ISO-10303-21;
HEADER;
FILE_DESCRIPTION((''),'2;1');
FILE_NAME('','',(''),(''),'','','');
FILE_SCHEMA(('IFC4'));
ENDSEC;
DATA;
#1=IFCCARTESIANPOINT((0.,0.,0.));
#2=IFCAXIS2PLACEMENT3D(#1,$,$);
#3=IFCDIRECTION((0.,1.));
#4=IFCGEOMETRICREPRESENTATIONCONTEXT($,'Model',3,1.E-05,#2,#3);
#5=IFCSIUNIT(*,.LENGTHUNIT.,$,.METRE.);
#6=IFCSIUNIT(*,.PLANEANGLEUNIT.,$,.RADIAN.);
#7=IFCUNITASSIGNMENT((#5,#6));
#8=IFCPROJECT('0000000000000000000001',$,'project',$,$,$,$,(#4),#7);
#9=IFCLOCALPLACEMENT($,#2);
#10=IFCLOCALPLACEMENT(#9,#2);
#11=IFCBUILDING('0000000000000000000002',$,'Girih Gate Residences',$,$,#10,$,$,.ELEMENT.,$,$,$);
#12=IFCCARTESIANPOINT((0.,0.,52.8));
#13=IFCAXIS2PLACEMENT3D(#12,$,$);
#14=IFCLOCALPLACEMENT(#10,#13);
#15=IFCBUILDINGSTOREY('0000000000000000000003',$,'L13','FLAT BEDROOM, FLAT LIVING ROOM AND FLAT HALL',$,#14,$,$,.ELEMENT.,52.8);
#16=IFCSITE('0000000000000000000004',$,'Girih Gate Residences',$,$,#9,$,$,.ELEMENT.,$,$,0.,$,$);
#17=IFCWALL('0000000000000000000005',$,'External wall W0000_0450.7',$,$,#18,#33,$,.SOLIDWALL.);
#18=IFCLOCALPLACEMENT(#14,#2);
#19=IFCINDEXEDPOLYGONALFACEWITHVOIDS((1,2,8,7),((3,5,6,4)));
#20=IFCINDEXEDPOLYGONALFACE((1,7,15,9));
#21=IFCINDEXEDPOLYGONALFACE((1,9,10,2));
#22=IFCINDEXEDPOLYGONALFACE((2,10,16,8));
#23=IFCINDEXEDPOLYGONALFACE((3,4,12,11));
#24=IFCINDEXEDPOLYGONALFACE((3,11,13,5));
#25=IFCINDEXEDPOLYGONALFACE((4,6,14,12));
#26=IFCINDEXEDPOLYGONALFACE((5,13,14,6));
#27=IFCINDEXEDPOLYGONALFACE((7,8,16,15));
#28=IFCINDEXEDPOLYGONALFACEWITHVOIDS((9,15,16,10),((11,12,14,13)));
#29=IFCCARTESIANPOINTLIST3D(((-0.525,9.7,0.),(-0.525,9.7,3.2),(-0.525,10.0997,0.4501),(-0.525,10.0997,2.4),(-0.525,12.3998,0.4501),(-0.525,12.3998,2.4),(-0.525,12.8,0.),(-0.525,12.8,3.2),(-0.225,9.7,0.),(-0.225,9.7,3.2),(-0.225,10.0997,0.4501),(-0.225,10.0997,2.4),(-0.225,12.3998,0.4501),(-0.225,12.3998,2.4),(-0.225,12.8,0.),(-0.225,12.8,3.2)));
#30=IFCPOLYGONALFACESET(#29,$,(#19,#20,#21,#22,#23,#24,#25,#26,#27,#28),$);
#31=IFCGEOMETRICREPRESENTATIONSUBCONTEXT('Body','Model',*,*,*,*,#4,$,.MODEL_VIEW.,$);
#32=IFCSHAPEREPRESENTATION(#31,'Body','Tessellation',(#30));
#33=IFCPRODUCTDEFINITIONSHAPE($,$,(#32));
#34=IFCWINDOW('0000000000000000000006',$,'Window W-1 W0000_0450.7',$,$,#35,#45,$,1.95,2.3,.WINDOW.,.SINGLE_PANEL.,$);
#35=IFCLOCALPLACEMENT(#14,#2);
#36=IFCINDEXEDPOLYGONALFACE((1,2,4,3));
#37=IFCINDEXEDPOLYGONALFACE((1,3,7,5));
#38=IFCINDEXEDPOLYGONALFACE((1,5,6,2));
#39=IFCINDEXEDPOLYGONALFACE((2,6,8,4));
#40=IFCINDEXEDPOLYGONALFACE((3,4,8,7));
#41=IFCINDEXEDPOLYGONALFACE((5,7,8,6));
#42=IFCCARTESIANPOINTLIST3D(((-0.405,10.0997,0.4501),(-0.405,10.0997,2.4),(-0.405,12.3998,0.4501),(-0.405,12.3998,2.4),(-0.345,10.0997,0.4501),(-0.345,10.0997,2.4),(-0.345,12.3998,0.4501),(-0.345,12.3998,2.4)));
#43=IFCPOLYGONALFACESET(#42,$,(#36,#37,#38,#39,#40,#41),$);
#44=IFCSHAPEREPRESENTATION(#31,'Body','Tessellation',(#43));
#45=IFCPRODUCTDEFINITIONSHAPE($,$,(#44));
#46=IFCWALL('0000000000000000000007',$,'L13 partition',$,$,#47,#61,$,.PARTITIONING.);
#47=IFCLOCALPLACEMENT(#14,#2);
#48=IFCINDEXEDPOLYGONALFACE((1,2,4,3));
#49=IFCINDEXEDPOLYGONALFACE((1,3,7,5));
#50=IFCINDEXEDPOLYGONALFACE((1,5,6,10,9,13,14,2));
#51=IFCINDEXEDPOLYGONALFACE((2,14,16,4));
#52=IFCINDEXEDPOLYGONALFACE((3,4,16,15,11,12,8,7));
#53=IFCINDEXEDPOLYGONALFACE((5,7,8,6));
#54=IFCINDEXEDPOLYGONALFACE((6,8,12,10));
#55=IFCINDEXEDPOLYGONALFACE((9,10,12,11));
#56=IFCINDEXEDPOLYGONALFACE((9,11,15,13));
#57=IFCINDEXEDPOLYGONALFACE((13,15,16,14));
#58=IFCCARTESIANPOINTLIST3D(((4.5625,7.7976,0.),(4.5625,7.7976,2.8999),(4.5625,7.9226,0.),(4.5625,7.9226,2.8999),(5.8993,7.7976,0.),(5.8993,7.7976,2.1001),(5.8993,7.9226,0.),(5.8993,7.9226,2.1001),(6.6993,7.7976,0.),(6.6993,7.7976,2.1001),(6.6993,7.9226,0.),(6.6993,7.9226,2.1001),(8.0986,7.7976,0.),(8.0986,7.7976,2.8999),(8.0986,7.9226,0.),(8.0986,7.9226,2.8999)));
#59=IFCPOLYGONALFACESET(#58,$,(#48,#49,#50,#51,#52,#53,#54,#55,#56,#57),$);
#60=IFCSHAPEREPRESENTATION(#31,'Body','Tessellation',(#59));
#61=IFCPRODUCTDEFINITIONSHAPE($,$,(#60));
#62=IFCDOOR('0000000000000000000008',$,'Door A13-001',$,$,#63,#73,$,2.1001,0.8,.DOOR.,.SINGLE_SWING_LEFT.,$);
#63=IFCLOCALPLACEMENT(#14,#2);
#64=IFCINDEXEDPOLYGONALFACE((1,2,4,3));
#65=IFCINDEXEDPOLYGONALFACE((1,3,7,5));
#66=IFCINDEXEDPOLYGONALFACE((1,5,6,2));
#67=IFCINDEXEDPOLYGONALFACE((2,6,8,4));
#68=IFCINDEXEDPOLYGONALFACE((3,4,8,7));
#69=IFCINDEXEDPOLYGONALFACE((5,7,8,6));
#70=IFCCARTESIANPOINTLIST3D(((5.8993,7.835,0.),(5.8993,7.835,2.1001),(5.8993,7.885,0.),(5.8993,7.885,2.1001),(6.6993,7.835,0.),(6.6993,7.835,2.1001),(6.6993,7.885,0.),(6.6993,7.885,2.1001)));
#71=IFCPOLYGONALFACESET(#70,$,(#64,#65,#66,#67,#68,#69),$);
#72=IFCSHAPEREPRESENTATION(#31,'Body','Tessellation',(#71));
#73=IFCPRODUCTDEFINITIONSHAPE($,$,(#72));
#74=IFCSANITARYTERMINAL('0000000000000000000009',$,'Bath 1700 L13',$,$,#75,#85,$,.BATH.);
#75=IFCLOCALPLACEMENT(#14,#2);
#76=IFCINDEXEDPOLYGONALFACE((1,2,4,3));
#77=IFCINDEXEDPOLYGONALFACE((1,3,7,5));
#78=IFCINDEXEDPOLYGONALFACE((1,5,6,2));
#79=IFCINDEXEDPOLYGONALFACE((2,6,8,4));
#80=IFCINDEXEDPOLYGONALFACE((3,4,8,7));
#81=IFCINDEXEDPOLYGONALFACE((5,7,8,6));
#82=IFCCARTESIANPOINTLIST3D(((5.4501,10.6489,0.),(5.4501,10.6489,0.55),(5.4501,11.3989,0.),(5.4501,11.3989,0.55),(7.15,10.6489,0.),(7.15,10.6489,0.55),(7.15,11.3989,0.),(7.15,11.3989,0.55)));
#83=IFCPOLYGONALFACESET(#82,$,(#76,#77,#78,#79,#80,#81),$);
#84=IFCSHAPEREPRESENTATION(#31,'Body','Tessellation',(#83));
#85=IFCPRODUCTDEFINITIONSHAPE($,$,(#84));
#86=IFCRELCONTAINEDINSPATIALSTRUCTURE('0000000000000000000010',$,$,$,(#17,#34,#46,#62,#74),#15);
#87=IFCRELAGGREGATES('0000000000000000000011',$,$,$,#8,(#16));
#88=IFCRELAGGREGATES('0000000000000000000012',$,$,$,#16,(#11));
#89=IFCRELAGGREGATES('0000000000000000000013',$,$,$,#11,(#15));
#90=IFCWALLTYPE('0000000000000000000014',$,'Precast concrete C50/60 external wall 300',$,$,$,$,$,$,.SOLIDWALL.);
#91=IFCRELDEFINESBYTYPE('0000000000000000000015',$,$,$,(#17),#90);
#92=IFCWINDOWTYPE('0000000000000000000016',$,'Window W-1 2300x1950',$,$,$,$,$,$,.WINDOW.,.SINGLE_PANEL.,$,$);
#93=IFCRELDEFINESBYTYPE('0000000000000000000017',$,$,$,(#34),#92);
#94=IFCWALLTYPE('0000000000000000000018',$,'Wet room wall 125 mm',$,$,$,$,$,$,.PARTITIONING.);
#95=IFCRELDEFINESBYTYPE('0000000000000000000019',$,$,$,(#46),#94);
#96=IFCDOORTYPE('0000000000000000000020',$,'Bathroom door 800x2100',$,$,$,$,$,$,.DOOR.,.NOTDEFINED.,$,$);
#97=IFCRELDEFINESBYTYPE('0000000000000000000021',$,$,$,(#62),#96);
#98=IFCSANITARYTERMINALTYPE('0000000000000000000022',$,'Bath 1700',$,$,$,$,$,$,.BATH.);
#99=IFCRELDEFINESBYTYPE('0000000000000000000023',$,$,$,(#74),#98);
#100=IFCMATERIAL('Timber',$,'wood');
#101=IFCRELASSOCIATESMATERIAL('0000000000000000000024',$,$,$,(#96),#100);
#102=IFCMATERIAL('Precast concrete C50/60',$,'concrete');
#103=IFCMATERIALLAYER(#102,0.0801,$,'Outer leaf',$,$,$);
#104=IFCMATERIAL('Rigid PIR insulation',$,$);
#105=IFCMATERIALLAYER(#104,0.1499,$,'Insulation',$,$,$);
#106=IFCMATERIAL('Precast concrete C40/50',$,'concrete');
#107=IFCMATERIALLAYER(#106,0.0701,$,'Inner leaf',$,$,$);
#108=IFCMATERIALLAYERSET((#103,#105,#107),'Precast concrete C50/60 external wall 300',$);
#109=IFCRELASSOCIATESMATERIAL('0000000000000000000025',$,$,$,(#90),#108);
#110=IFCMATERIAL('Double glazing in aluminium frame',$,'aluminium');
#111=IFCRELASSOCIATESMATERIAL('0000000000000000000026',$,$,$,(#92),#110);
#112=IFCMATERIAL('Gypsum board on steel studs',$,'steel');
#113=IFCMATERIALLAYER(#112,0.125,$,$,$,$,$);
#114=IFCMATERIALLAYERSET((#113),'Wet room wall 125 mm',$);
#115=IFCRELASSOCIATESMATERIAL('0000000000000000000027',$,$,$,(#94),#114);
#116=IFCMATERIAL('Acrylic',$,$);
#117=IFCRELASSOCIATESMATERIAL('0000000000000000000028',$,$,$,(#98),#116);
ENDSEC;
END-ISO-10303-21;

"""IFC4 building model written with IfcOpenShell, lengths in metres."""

from ifc_helpers import new_model, si_unit, direction, frame, frame_2d, origin, origin_2d, place, context, subcontext, project, spatial, rectangle, extrude, material, layer, layer_set, type_object, element, fill, save


model = new_model("IFC4")

# Units and contexts
model_context = context("Model", 3, precision=1e-05, world=origin(), true_north=direction((0.0, 1.0)))
body_context = subcontext(model_context, "Body", "Model", "MODEL_VIEW")
ifc_project = project(units=[si_unit("LENGTHUNIT", "METRE"), si_unit("PLANEANGLEUNIT", "RADIAN")], contexts=[model_context])

# Site, building, storey
site_placement = place(None, origin())
site = spatial("IfcSite", under=ifc_project, at=site_placement, Name="Girih Gate Residences", CompositionType="ELEMENT", RefElevation=0.0)
building_placement = place(site_placement, origin())
building = spatial("IfcBuilding", under=site, at=building_placement, Name="Girih Gate Residences", CompositionType="ELEMENT")
storey_placement = place(building_placement, frame((0.0, 0.0, 52.8)))
storey = spatial("IfcBuildingStorey", under=building, at=storey_placement, Name="L13", Description="FLAT BEDROOM, FLAT LIVING ROOM AND FLAT HALL", CompositionType="ELEMENT", Elevation=52.8)

# Shared definitions
ifc_material_1 = material(Name="Gypsum board on steel studs", Category="steel")

# Shared definitions
ifc_material_2 = material(Name="Timber", Category="wood")
door_type_1 = type_object("IfcDoorType", Name="Bathroom door 800x2100", OperationType="NOTDEFINED", PredefinedType="DOOR", material=ifc_material_2)

# Wall, opening, window
ifc_material_3 = material(Name="Precast concrete C50/60", Category="concrete")
ifc_layer_1 = layer(ifc_material_3, 0.0801, Name="Outer leaf")
ifc_material_4 = material(Name="Rigid PIR insulation")
ifc_layer_2 = layer(ifc_material_4, 0.1499, Name="Insulation")
ifc_material_5 = material(Name="Precast concrete C40/50", Category="concrete")
ifc_layer_3 = layer(ifc_material_5, 0.0701, Name="Inner leaf")
ifc_layer_set_1 = layer_set([ifc_layer_1, ifc_layer_2, ifc_layer_3], Name="Precast concrete C50/60 external wall 300")
wall_type_1 = type_object("IfcWallType", Name="Precast concrete C50/60 external wall 300", PredefinedType="SOLIDWALL", material=ifc_layer_set_1)
ifc_material_6 = material(Name="Double glazing in aluminium frame", Category="aluminium")
window_type = type_object("IfcWindowType", Name="Window W-1 2300x1950", PartitioningType="SINGLE_PANEL", PredefinedType="WINDOW", material=ifc_material_6)
wall_1_placement = place(storey_placement, frame((-0.375, 9.7, 0.0), z_axis=(0.0, 0.0, 1.0), x_axis=(0.0, 1.0, 0.0)))
wall_1 = element("IfcWall", 1, at=wall_1_placement, inside=storey, type_object=wall_type_1, Name="External wall W0000_0450.7", PredefinedType="SOLIDWALL", context=body_context, shape_type="SweptSolid", body=[
    extrude(rectangle(XDim=3.1001, YDim=0.3, at=frame_2d((1.55, 0.0))), origin(), (0.0, 0.0, 1.0), 3.2),
])
opening_1_placement = place(wall_1_placement, frame((0.3999, 0.0, 0.45)))
opening_1 = element("IfcOpeningElement", 2, at=opening_1_placement, cuts=wall_1, PredefinedType="OPENING", context=body_context, shape_type="SweptSolid", body=[
    extrude(rectangle(XDim=2.3, YDim=1.95, at=frame_2d((1.1499, 0.9751))), frame((0.0, 0.1599, 0.0), z_axis=(0.0, -1.0, 0.0), x_axis=(1.0, 0.0, 0.0)), (0.0, 0.0, 1.0), 0.3201),
])
window_1_placement = place(opening_1_placement, origin())
window_1 = element("IfcWindow", 3, at=window_1_placement, inside=storey, type_object=window_type, Name="Window W-1 W0000_0450.7", OverallHeight=1.95, OverallWidth=2.3, PartitioningType="SINGLE_PANEL", PredefinedType="WINDOW", context=body_context, shape_type="SweptSolid", body=[
    extrude(rectangle(XDim=2.3, YDim=1.95, at=frame_2d((1.1499, 0.9751))), frame((0.0, 0.03, 0.0), z_axis=(0.0, -1.0, 0.0), x_axis=(1.0, 0.0, 0.0)), (0.0, 0.0, 1.0), 0.0601),
])
fill(opening_1, window_1)

# Wall, opening, door
ifc_layer_4 = layer(ifc_material_1, 0.125)
ifc_layer_set_2 = layer_set([ifc_layer_4], Name="Wet room wall 125 mm")
wall_type_2 = type_object("IfcWallType", Name="Wet room wall 125 mm", PredefinedType="PARTITIONING", material=ifc_layer_set_2)
wall_2_placement = place(storey_placement, frame((4.5625, 7.8601, 0.0), z_axis=(0.0, 0.0, 1.0), x_axis=(1.0, 0.0, 0.0)))
wall_2 = element("IfcWall", 4, at=wall_2_placement, inside=storey, type_object=wall_type_2, Name="L13 partition", PredefinedType="PARTITIONING", context=body_context, shape_type="SweptSolid", body=[
    extrude(rectangle(XDim=3.5361, YDim=0.125, at=frame_2d((1.7681, 0.0))), origin(), (0.0, 0.0, 1.0), 2.8999),
])
opening_2_placement = place(wall_2_placement, frame((1.3369, 0.0, 0.0)))
opening_2 = element("IfcOpeningElement", 5, at=opening_2_placement, cuts=wall_2, PredefinedType="OPENING", context=body_context, shape_type="SweptSolid", body=[
    extrude(rectangle(XDim=0.8, YDim=2.1001, at=frame_2d((0.3999, 1.05))), frame((0.0, 0.0725, 0.0), z_axis=(0.0, -1.0, 0.0), x_axis=(1.0, 0.0, 0.0)), (0.0, 0.0, 1.0), 0.145),
])
door_1_placement = place(opening_2_placement, origin())
door_1 = element("IfcDoor", 6, at=door_1_placement, inside=storey, type_object=door_type_1, Name="Door A13-001", OperationType="SINGLE_SWING_LEFT", OverallHeight=2.1001, OverallWidth=0.8, PredefinedType="DOOR", context=body_context, shape_type="SweptSolid", body=[
    extrude(rectangle(XDim=0.8, YDim=2.1001, at=frame_2d((0.3999, 1.05))), frame((0.0, 0.0249, 0.0), z_axis=(0.0, -1.0, 0.0), x_axis=(1.0, 0.0, 0.0)), (0.0, 0.0, 1.0), 0.05),
])
fill(opening_2, door_1)

# Sanitary terminal
ifc_material_7 = material(Name="Acrylic")
sanitary_terminal_type = type_object("IfcSanitaryTerminalType", Name="Bath 1700", PredefinedType="BATH", material=ifc_material_7)
sanitary_terminal_placement = place(storey_placement, frame((6.3, 11.0239, 0.0), z_axis=(0.0, 0.0, 1.0), x_axis=(1.0, 0.0, 0.0)))
element("IfcSanitaryTerminal", 7, at=sanitary_terminal_placement, inside=storey, type_object=sanitary_terminal_type, Name="Bath 1700 L13", PredefinedType="BATH", context=body_context, shape_type="SweptSolid", body=[
    extrude(rectangle(XDim=1.7, YDim=0.75, at=origin_2d()), origin(), (0.0, 0.0, 1.0), 0.55),
])

save(model, "model.ifc")
